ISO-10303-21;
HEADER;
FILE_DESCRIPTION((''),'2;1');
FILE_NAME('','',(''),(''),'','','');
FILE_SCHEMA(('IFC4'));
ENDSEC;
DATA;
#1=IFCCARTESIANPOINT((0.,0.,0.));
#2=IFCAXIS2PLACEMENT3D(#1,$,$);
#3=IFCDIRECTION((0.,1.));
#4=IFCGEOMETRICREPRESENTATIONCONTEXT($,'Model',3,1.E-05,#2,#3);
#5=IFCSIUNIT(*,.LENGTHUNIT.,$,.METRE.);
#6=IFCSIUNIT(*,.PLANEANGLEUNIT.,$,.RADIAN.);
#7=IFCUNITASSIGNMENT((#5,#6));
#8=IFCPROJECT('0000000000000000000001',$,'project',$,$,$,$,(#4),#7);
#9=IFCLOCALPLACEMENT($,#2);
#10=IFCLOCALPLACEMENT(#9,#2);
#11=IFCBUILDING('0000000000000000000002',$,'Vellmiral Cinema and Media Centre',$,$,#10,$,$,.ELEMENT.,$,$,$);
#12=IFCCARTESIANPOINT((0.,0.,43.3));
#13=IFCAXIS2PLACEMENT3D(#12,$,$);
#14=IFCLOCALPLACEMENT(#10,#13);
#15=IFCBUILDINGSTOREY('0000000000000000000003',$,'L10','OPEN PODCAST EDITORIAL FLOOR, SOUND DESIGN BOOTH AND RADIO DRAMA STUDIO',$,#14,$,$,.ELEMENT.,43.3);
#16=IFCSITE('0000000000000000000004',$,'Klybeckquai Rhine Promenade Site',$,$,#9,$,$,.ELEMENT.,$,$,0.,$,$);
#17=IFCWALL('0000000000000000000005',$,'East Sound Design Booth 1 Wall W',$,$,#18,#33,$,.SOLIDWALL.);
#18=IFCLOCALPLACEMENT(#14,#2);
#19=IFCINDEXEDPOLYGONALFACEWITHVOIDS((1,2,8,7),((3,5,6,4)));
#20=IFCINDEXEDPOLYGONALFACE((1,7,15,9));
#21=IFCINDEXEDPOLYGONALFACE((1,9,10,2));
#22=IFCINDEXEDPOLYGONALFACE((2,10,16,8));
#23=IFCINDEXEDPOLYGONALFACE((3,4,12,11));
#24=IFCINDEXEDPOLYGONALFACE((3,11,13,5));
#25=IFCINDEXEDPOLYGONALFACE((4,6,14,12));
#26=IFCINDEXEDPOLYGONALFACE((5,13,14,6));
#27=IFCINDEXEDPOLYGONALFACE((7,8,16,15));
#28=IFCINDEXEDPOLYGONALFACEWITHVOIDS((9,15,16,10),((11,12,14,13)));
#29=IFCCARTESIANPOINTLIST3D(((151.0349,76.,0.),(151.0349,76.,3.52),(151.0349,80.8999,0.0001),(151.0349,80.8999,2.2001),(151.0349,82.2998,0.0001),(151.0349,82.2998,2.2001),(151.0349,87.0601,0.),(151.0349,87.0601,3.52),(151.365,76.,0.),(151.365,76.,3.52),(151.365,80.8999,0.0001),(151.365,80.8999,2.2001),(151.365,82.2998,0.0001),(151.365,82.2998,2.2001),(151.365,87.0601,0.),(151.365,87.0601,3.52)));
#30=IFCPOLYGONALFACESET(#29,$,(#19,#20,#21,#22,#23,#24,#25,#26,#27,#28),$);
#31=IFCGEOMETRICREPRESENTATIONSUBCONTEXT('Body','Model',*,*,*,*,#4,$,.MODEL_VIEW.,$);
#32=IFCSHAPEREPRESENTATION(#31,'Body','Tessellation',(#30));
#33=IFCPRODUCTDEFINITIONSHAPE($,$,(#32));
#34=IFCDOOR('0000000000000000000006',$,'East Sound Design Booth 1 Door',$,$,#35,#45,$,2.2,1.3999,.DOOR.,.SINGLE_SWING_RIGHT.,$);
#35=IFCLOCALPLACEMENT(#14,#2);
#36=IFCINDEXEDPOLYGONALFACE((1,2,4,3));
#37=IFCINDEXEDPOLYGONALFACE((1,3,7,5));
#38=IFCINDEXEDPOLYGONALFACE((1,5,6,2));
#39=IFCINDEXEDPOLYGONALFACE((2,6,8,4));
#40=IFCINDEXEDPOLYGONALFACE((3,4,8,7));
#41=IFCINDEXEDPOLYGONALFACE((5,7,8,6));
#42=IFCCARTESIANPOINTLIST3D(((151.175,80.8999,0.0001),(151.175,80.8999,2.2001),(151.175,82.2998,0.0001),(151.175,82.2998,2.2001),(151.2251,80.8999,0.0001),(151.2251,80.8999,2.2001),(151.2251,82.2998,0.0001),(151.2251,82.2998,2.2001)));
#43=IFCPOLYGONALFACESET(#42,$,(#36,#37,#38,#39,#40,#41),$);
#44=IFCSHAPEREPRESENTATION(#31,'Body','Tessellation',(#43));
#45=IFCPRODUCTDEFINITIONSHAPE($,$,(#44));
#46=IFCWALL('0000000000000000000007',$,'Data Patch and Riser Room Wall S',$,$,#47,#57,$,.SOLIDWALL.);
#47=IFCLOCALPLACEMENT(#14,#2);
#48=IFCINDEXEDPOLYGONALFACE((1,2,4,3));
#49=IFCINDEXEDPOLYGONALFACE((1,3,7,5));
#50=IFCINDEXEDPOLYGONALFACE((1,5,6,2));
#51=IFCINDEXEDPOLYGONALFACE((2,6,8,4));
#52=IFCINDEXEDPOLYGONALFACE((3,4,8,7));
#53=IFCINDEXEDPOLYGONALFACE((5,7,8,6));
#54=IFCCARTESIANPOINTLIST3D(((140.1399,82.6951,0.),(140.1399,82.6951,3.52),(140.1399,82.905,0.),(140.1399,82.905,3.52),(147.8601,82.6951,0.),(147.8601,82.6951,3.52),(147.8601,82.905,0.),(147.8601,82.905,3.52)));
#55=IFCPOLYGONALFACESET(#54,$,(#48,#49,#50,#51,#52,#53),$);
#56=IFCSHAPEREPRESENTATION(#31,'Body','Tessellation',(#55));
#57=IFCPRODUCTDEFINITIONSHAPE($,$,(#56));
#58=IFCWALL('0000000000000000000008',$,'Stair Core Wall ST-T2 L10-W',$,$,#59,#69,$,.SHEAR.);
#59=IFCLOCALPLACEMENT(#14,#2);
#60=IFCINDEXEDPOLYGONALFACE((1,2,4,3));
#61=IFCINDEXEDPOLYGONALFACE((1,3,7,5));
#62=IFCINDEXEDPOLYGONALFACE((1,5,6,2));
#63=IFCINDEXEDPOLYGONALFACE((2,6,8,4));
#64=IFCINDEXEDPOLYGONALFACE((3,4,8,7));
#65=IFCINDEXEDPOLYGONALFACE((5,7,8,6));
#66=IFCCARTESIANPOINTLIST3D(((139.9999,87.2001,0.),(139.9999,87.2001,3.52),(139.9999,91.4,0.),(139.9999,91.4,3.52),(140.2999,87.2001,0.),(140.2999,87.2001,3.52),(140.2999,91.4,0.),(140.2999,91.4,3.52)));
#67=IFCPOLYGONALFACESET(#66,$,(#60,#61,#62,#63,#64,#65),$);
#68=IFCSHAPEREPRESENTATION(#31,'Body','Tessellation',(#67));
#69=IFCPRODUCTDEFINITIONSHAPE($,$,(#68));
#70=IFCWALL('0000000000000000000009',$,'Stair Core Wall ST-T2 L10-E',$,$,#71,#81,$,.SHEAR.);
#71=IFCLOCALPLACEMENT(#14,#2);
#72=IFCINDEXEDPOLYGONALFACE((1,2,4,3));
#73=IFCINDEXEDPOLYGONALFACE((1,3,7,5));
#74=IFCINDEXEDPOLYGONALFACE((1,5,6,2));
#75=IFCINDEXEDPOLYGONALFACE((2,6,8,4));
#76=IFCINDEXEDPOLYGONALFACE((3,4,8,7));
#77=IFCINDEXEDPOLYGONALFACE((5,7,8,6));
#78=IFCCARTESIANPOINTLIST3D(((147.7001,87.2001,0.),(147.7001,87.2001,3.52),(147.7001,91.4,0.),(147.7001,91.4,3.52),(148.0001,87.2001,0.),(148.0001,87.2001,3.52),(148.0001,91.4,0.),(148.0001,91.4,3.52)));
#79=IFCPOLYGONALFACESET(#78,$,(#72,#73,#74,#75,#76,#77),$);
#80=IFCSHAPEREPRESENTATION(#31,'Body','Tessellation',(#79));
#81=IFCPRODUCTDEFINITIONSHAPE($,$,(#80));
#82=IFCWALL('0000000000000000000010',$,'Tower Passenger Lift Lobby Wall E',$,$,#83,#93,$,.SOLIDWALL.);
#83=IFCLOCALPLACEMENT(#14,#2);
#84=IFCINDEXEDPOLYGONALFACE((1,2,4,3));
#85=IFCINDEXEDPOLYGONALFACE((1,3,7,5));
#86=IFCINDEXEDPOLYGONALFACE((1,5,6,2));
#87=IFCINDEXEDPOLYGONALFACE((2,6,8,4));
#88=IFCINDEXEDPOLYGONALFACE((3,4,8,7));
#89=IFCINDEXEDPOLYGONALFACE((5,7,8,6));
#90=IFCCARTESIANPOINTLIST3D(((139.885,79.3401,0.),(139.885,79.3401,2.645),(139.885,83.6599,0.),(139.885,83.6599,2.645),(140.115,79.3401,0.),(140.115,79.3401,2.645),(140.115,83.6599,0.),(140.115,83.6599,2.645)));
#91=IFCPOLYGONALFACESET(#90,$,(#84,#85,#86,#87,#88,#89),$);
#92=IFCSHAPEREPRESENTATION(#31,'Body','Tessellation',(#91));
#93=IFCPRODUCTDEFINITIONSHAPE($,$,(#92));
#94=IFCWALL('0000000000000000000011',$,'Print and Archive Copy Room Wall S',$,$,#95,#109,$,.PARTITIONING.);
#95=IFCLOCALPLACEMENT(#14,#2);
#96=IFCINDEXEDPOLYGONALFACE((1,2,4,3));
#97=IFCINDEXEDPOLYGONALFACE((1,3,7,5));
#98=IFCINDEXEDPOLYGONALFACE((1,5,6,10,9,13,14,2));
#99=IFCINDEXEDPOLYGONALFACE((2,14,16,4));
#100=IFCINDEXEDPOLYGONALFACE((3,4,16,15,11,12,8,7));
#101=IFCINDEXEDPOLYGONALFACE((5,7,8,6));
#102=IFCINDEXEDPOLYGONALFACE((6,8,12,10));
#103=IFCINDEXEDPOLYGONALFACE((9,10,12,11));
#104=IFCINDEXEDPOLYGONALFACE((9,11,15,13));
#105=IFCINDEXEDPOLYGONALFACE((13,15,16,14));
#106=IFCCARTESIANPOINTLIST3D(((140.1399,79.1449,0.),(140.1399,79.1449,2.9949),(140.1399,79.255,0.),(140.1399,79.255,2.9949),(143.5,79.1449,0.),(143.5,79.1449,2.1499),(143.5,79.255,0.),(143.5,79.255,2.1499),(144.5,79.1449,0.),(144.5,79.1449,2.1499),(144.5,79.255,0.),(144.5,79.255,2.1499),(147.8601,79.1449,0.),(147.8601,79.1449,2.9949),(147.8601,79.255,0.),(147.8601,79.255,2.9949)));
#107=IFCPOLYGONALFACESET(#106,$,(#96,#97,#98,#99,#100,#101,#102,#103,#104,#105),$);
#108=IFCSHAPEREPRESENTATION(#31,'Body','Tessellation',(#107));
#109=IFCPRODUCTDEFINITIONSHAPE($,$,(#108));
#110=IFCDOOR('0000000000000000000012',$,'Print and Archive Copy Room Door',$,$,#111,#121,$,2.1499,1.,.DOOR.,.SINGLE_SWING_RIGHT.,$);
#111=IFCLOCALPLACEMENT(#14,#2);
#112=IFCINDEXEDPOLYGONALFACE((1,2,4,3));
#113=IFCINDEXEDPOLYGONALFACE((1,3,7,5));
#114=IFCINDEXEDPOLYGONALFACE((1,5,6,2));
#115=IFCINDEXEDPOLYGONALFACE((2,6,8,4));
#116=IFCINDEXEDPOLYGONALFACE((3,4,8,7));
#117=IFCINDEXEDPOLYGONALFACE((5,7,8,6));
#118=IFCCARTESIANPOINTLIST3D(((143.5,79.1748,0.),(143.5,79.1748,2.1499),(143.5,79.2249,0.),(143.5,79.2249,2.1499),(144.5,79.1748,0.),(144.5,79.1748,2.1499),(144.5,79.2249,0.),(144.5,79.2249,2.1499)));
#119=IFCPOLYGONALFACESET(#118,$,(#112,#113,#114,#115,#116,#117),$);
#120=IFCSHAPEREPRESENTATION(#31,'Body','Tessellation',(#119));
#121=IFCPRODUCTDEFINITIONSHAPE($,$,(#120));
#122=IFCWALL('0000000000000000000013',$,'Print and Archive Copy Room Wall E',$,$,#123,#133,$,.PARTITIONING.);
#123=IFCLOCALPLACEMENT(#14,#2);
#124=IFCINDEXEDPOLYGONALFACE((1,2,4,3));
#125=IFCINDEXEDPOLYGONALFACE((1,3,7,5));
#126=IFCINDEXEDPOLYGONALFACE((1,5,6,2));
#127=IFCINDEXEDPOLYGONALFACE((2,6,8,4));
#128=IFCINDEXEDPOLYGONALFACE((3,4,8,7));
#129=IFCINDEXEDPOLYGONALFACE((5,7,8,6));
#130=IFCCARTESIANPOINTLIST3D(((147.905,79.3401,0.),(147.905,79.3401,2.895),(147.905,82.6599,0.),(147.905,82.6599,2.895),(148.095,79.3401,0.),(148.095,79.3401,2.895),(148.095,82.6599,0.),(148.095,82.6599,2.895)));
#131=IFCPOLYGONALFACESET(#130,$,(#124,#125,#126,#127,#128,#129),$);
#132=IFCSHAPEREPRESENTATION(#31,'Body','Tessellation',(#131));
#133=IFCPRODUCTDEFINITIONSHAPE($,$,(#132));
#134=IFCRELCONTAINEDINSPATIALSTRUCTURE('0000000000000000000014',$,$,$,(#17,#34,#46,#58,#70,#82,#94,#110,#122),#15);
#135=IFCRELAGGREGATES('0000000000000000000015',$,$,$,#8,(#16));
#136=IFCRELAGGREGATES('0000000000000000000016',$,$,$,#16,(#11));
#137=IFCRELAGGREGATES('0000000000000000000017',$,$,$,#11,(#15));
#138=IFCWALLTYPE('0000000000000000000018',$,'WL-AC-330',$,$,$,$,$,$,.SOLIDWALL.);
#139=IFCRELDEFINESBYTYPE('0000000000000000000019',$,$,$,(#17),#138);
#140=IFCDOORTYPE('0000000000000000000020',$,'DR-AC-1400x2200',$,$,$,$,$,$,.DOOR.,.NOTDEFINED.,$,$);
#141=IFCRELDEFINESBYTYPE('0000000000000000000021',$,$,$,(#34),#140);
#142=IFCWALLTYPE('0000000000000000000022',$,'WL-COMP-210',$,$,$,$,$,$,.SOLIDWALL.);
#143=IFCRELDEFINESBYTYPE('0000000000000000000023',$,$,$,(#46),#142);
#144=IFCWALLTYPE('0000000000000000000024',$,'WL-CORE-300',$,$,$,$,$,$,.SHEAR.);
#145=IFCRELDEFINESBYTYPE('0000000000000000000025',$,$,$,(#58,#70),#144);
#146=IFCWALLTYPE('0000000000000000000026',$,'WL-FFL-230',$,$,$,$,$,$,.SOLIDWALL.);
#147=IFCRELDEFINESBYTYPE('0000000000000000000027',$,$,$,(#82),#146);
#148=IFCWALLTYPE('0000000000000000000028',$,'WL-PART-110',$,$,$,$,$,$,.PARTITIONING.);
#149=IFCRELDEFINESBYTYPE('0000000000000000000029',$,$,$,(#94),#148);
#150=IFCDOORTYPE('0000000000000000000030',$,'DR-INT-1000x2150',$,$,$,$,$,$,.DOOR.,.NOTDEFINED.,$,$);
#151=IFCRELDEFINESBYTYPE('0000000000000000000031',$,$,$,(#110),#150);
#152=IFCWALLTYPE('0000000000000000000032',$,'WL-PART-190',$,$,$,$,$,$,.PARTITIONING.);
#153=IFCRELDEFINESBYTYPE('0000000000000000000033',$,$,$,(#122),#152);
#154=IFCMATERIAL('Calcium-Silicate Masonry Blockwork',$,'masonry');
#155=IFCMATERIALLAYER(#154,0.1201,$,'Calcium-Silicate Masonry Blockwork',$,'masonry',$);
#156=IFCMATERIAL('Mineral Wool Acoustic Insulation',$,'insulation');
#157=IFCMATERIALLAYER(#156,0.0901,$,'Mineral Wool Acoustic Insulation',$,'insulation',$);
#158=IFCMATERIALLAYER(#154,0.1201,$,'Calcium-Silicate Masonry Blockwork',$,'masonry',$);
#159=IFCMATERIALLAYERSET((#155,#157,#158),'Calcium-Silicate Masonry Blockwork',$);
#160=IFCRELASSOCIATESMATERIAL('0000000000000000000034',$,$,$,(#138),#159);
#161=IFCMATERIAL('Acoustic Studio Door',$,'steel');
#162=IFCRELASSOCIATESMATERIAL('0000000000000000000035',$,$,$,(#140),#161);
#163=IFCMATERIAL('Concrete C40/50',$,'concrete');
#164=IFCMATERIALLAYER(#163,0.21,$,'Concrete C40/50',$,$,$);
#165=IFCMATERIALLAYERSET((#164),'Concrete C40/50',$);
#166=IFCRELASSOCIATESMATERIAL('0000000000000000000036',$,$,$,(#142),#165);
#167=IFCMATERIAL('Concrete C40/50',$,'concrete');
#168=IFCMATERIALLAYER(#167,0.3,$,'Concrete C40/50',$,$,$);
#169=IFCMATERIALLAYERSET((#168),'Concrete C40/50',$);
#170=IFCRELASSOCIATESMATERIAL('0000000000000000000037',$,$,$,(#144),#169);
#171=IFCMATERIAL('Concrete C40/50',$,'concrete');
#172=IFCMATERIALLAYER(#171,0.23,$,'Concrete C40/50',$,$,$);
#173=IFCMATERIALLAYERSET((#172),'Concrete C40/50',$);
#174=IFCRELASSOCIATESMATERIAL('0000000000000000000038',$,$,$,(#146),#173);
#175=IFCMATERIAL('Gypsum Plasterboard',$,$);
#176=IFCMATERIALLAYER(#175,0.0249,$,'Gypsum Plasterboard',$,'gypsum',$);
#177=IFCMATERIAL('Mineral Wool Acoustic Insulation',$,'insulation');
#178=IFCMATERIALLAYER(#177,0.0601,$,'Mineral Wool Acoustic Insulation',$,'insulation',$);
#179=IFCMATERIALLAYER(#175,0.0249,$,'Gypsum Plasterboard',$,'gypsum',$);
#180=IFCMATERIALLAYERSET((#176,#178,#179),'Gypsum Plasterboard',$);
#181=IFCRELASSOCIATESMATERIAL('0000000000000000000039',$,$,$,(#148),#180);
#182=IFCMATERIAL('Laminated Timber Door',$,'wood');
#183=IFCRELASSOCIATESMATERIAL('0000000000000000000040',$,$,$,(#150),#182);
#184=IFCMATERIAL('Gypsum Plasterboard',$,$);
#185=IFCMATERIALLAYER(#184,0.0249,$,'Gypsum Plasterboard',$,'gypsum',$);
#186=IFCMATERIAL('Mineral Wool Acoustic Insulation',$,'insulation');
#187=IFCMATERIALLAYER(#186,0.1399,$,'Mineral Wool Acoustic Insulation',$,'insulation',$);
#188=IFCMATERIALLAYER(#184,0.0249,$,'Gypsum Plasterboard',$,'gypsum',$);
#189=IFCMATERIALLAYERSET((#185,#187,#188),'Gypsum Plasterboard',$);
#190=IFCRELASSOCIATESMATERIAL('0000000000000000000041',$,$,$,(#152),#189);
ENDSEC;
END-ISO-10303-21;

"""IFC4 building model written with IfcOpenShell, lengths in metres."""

from ifc_helpers import new_model, si_unit, direction, frame, frame_2d, origin, place, context, subcontext, project, spatial, rectangle, extrude, material, layer, layer_set, type_object, element, fill, save


model = new_model("IFC4")

# Units and contexts
model_context = context("Model", 3, precision=1e-05, world=origin(), true_north=direction((0.0, 1.0)))
body_context = subcontext(model_context, "Body", "Model", "MODEL_VIEW")
ifc_project = project(units=[si_unit("LENGTHUNIT", "METRE"), si_unit("PLANEANGLEUNIT", "RADIAN")], contexts=[model_context])

# Site, building, storey
site_placement = place(None, origin())
site = spatial("IfcSite", under=ifc_project, at=site_placement, Name="Klybeckquai Rhine Promenade Site", CompositionType="ELEMENT", RefElevation=0.0)
building_placement = place(site_placement, origin())
building = spatial("IfcBuilding", under=site, at=building_placement, Name="Vellmiral Cinema and Media Centre", CompositionType="ELEMENT")
storey_placement = place(building_placement, frame((0.0, 0.0, 43.3)))
storey = spatial("IfcBuildingStorey", under=building, at=storey_placement, Name="L10", Description="OPEN PODCAST EDITORIAL FLOOR, SOUND DESIGN BOOTH AND RADIO DRAMA STUDIO", CompositionType="ELEMENT", Elevation=43.3)

# Shared definitions
ifc_material_1 = material(Name="Calcium-Silicate Masonry Blockwork", Category="masonry")
ifc_layer_1 = layer(ifc_material_1, 0.1201, Name="Calcium-Silicate Masonry Blockwork", Category="masonry")
ifc_material_2 = material(Name="Mineral Wool Acoustic Insulation", Category="insulation")
ifc_layer_2 = layer(ifc_material_2, 0.0901, Name="Mineral Wool Acoustic Insulation", Category="insulation")
ifc_layer_3 = layer(ifc_material_1, 0.1201, Name="Calcium-Silicate Masonry Blockwork", Category="masonry")
ifc_layer_set_1 = layer_set([ifc_layer_1, ifc_layer_2, ifc_layer_3], Name="Calcium-Silicate Masonry Blockwork")
wall_type_1 = type_object("IfcWallType", Name="WL-AC-330", PredefinedType="SOLIDWALL", material=ifc_layer_set_1)

# Wall, opening, door
wall_1_placement = place(storey_placement, frame((151.2, 76.0, 0.0), z_axis=(0.0, 0.0, 1.0), x_axis=(0.0, 1.0, 0.0)))
wall_1 = element("IfcWall", 1, at=wall_1_placement, inside=storey, type_object=wall_type_1, Name="East Sound Design Booth 1 Wall W", PredefinedType="SOLIDWALL", context=body_context, shape_type="SweptSolid", body=[
    extrude(rectangle(XDim=11.0601, YDim=0.3301, at=frame_2d((5.53, 0.0))), origin(), (0.0, 0.0, 1.0), 3.52),
])
opening_1_placement = place(wall_1_placement, frame((4.8999, 0.0, 0.0)))
opening_1 = element("IfcOpeningElement", 2, at=opening_1_placement, cuts=wall_1, PredefinedType="OPENING", context=body_context, shape_type="SweptSolid", body=[
    extrude(rectangle(XDim=1.3999, YDim=2.2, at=frame_2d((0.7, 1.1001))), frame((0.0, 0.177, 0.0), z_axis=(0.0, -1.0, 0.0), x_axis=(1.0, 0.0, 0.0)), (0.0, 0.0, 1.0), 0.354),
])
ifc_material_3 = material(Name="Acoustic Studio Door", Category="steel")
door_type_1 = type_object("IfcDoorType", Name="DR-AC-1400x2200", OperationType="NOTDEFINED", PredefinedType="DOOR", material=ifc_material_3)
door_1_placement = place(opening_1_placement, origin())
door_1 = element("IfcDoor", 3, at=door_1_placement, inside=storey, type_object=door_type_1, Name="East Sound Design Booth 1 Door", OperationType="SINGLE_SWING_RIGHT", OverallHeight=2.2, OverallWidth=1.3999, PredefinedType="DOOR", context=body_context, shape_type="SweptSolid", body=[
    extrude(rectangle(XDim=1.3999, YDim=2.2, at=frame_2d((0.7, 1.1001))), frame((0.0, 0.0249, 0.0), z_axis=(0.0, -1.0, 0.0), x_axis=(1.0, 0.0, 0.0)), (0.0, 0.0, 1.0), 0.05),
])
fill(opening_1, door_1)

# Wall
ifc_material_4 = material(Name="Concrete C40/50", Category="concrete")
ifc_layer_4 = layer(ifc_material_4, 0.21, Name="Concrete C40/50")
ifc_layer_set_2 = layer_set([ifc_layer_4], Name="Concrete C40/50")
wall_type_2 = type_object("IfcWallType", Name="WL-COMP-210", PredefinedType="SOLIDWALL", material=ifc_layer_set_2)
wall_2_placement = place(storey_placement, frame((140.1399, 82.8, 0.0), z_axis=(0.0, 0.0, 1.0), x_axis=(1.0, 0.0, 0.0)))
element("IfcWall", 4, at=wall_2_placement, inside=storey, type_object=wall_type_2, Name="Data Patch and Riser Room Wall S", PredefinedType="SOLIDWALL", context=body_context, shape_type="SweptSolid", body=[
    extrude(rectangle(XDim=7.7202, YDim=0.21, at=frame_2d((3.8601, 0.0))), origin(), (0.0, 0.0, 1.0), 3.52),
])

# Walls
ifc_material_5 = material(Name="Concrete C40/50", Category="concrete")
ifc_layer_5 = layer(ifc_material_5, 0.3, Name="Concrete C40/50")
ifc_layer_set_3 = layer_set([ifc_layer_5], Name="Concrete C40/50")
wall_type_3 = type_object("IfcWallType", Name="WL-CORE-300", PredefinedType="SHEAR", material=ifc_layer_set_3)
for number, where, z_axis, x_axis, name in (
    (5, (140.1499, 87.2, 0.0), (0.0, 0.0, 1.0), (0.0, 1.0, 0.0), "Stair Core Wall ST-T2 L10-W"),
    (6, (147.8501, 87.2, 0.0), (0.0, 0.0, 1.0), (0.0, 1.0, 0.0), "Stair Core Wall ST-T2 L10-E"),
):
    element("IfcWall", number, at=place(storey_placement, frame(where, z_axis=z_axis, x_axis=x_axis)), inside=storey, type_object=wall_type_3, Name=name, PredefinedType="SHEAR", context=body_context, shape_type="SweptSolid", body=[
        extrude(rectangle(XDim=4.2, YDim=0.3, at=frame_2d((2.1001, 0.0))), origin(), (0.0, 0.0, 1.0), 3.52),
    ])
ifc_material_6 = material(Name="Concrete C40/50", Category="concrete")
ifc_layer_6 = layer(ifc_material_6, 0.23, Name="Concrete C40/50")
ifc_layer_set_4 = layer_set([ifc_layer_6], Name="Concrete C40/50")
wall_type_4 = type_object("IfcWallType", Name="WL-FFL-230", PredefinedType="SOLIDWALL", material=ifc_layer_set_4)
wall_3_placement = place(storey_placement, frame((140.0, 79.3401, 0.0), z_axis=(0.0, 0.0, 1.0), x_axis=(0.0, 1.0, 0.0)))
element("IfcWall", 7, at=wall_3_placement, inside=storey, type_object=wall_type_4, Name="Tower Passenger Lift Lobby Wall E", PredefinedType="SOLIDWALL", context=body_context, shape_type="SweptSolid", body=[
    extrude(rectangle(XDim=4.3198, YDim=0.23, at=frame_2d((2.1599, 0.0))), origin(), (0.0, 0.0, 1.0), 2.645),
])

# Wall, opening, door
ifc_material_7 = material(Name="Gypsum Plasterboard")
ifc_layer_7 = layer(ifc_material_7, 0.0249, Name="Gypsum Plasterboard", Category="gypsum")
ifc_material_8 = material(Name="Mineral Wool Acoustic Insulation", Category="insulation")
ifc_layer_8 = layer(ifc_material_8, 0.0601, Name="Mineral Wool Acoustic Insulation", Category="insulation")
ifc_layer_9 = layer(ifc_material_7, 0.0249, Name="Gypsum Plasterboard", Category="gypsum")
ifc_layer_set_5 = layer_set([ifc_layer_7, ifc_layer_8, ifc_layer_9], Name="Gypsum Plasterboard")
wall_type_5 = type_object("IfcWallType", Name="WL-PART-110", PredefinedType="PARTITIONING", material=ifc_layer_set_5)
wall_4_placement = place(storey_placement, frame((140.1399, 79.2, 0.0), z_axis=(0.0, 0.0, 1.0), x_axis=(1.0, 0.0, 0.0)))
wall_4 = element("IfcWall", 8, at=wall_4_placement, inside=storey, type_object=wall_type_5, Name="Print and Archive Copy Room Wall S", PredefinedType="PARTITIONING", context=body_context, shape_type="SweptSolid", body=[
    extrude(rectangle(XDim=7.7202, YDim=0.1101, at=frame_2d((3.8601, 0.0))), origin(), (0.0, 0.0, 1.0), 2.9949),
])
opening_2_placement = place(wall_4_placement, frame((3.3601, 0.0, 0.0)))
opening_2 = element("IfcOpeningElement", 9, at=opening_2_placement, cuts=wall_4, PredefinedType="OPENING", context=body_context, shape_type="SweptSolid", body=[
    extrude(rectangle(XDim=1.0, YDim=2.1499, at=frame_2d((0.5, 1.075))), frame((0.0, 0.0669, 0.0), z_axis=(0.0, -1.0, 0.0), x_axis=(1.0, 0.0, 0.0)), (0.0, 0.0, 1.0), 0.134),
])
ifc_material_9 = material(Name="Laminated Timber Door", Category="wood")
door_type_2 = type_object("IfcDoorType", Name="DR-INT-1000x2150", OperationType="NOTDEFINED", PredefinedType="DOOR", material=ifc_material_9)
door_2_placement = place(opening_2_placement, origin())
door_2 = element("IfcDoor", 10, at=door_2_placement, inside=storey, type_object=door_type_2, Name="Print and Archive Copy Room Door", OperationType="SINGLE_SWING_RIGHT", OverallHeight=2.1499, OverallWidth=1.0, PredefinedType="DOOR", context=body_context, shape_type="SweptSolid", body=[
    extrude(rectangle(XDim=1.0, YDim=2.1499, at=frame_2d((0.5, 1.075))), frame((0.0, 0.0249, 0.0), z_axis=(0.0, -1.0, 0.0), x_axis=(1.0, 0.0, 0.0)), (0.0, 0.0, 1.0), 0.05),
])
fill(opening_2, door_2)

# Wall
ifc_material_10 = material(Name="Gypsum Plasterboard")
ifc_layer_10 = layer(ifc_material_10, 0.0249, Name="Gypsum Plasterboard", Category="gypsum")
ifc_material_11 = material(Name="Mineral Wool Acoustic Insulation", Category="insulation")
ifc_layer_11 = layer(ifc_material_11, 0.1399, Name="Mineral Wool Acoustic Insulation", Category="insulation")
ifc_layer_12 = layer(ifc_material_10, 0.0249, Name="Gypsum Plasterboard", Category="gypsum")
ifc_layer_set_6 = layer_set([ifc_layer_10, ifc_layer_11, ifc_layer_12], Name="Gypsum Plasterboard")
wall_type_6 = type_object("IfcWallType", Name="WL-PART-190", PredefinedType="PARTITIONING", material=ifc_layer_set_6)
wall_5_placement = place(storey_placement, frame((148.0, 79.3401, 0.0), z_axis=(0.0, 0.0, 1.0), x_axis=(0.0, 1.0, 0.0)))
element("IfcWall", 11, at=wall_5_placement, inside=storey, type_object=wall_type_6, Name="Print and Archive Copy Room Wall E", PredefinedType="PARTITIONING", context=body_context, shape_type="SweptSolid", body=[
    extrude(rectangle(XDim=3.3198, YDim=0.1899, at=frame_2d((1.6599, 0.0))), origin(), (0.0, 0.0, 1.0), 2.895),
])

save(model, "model.ifc")
